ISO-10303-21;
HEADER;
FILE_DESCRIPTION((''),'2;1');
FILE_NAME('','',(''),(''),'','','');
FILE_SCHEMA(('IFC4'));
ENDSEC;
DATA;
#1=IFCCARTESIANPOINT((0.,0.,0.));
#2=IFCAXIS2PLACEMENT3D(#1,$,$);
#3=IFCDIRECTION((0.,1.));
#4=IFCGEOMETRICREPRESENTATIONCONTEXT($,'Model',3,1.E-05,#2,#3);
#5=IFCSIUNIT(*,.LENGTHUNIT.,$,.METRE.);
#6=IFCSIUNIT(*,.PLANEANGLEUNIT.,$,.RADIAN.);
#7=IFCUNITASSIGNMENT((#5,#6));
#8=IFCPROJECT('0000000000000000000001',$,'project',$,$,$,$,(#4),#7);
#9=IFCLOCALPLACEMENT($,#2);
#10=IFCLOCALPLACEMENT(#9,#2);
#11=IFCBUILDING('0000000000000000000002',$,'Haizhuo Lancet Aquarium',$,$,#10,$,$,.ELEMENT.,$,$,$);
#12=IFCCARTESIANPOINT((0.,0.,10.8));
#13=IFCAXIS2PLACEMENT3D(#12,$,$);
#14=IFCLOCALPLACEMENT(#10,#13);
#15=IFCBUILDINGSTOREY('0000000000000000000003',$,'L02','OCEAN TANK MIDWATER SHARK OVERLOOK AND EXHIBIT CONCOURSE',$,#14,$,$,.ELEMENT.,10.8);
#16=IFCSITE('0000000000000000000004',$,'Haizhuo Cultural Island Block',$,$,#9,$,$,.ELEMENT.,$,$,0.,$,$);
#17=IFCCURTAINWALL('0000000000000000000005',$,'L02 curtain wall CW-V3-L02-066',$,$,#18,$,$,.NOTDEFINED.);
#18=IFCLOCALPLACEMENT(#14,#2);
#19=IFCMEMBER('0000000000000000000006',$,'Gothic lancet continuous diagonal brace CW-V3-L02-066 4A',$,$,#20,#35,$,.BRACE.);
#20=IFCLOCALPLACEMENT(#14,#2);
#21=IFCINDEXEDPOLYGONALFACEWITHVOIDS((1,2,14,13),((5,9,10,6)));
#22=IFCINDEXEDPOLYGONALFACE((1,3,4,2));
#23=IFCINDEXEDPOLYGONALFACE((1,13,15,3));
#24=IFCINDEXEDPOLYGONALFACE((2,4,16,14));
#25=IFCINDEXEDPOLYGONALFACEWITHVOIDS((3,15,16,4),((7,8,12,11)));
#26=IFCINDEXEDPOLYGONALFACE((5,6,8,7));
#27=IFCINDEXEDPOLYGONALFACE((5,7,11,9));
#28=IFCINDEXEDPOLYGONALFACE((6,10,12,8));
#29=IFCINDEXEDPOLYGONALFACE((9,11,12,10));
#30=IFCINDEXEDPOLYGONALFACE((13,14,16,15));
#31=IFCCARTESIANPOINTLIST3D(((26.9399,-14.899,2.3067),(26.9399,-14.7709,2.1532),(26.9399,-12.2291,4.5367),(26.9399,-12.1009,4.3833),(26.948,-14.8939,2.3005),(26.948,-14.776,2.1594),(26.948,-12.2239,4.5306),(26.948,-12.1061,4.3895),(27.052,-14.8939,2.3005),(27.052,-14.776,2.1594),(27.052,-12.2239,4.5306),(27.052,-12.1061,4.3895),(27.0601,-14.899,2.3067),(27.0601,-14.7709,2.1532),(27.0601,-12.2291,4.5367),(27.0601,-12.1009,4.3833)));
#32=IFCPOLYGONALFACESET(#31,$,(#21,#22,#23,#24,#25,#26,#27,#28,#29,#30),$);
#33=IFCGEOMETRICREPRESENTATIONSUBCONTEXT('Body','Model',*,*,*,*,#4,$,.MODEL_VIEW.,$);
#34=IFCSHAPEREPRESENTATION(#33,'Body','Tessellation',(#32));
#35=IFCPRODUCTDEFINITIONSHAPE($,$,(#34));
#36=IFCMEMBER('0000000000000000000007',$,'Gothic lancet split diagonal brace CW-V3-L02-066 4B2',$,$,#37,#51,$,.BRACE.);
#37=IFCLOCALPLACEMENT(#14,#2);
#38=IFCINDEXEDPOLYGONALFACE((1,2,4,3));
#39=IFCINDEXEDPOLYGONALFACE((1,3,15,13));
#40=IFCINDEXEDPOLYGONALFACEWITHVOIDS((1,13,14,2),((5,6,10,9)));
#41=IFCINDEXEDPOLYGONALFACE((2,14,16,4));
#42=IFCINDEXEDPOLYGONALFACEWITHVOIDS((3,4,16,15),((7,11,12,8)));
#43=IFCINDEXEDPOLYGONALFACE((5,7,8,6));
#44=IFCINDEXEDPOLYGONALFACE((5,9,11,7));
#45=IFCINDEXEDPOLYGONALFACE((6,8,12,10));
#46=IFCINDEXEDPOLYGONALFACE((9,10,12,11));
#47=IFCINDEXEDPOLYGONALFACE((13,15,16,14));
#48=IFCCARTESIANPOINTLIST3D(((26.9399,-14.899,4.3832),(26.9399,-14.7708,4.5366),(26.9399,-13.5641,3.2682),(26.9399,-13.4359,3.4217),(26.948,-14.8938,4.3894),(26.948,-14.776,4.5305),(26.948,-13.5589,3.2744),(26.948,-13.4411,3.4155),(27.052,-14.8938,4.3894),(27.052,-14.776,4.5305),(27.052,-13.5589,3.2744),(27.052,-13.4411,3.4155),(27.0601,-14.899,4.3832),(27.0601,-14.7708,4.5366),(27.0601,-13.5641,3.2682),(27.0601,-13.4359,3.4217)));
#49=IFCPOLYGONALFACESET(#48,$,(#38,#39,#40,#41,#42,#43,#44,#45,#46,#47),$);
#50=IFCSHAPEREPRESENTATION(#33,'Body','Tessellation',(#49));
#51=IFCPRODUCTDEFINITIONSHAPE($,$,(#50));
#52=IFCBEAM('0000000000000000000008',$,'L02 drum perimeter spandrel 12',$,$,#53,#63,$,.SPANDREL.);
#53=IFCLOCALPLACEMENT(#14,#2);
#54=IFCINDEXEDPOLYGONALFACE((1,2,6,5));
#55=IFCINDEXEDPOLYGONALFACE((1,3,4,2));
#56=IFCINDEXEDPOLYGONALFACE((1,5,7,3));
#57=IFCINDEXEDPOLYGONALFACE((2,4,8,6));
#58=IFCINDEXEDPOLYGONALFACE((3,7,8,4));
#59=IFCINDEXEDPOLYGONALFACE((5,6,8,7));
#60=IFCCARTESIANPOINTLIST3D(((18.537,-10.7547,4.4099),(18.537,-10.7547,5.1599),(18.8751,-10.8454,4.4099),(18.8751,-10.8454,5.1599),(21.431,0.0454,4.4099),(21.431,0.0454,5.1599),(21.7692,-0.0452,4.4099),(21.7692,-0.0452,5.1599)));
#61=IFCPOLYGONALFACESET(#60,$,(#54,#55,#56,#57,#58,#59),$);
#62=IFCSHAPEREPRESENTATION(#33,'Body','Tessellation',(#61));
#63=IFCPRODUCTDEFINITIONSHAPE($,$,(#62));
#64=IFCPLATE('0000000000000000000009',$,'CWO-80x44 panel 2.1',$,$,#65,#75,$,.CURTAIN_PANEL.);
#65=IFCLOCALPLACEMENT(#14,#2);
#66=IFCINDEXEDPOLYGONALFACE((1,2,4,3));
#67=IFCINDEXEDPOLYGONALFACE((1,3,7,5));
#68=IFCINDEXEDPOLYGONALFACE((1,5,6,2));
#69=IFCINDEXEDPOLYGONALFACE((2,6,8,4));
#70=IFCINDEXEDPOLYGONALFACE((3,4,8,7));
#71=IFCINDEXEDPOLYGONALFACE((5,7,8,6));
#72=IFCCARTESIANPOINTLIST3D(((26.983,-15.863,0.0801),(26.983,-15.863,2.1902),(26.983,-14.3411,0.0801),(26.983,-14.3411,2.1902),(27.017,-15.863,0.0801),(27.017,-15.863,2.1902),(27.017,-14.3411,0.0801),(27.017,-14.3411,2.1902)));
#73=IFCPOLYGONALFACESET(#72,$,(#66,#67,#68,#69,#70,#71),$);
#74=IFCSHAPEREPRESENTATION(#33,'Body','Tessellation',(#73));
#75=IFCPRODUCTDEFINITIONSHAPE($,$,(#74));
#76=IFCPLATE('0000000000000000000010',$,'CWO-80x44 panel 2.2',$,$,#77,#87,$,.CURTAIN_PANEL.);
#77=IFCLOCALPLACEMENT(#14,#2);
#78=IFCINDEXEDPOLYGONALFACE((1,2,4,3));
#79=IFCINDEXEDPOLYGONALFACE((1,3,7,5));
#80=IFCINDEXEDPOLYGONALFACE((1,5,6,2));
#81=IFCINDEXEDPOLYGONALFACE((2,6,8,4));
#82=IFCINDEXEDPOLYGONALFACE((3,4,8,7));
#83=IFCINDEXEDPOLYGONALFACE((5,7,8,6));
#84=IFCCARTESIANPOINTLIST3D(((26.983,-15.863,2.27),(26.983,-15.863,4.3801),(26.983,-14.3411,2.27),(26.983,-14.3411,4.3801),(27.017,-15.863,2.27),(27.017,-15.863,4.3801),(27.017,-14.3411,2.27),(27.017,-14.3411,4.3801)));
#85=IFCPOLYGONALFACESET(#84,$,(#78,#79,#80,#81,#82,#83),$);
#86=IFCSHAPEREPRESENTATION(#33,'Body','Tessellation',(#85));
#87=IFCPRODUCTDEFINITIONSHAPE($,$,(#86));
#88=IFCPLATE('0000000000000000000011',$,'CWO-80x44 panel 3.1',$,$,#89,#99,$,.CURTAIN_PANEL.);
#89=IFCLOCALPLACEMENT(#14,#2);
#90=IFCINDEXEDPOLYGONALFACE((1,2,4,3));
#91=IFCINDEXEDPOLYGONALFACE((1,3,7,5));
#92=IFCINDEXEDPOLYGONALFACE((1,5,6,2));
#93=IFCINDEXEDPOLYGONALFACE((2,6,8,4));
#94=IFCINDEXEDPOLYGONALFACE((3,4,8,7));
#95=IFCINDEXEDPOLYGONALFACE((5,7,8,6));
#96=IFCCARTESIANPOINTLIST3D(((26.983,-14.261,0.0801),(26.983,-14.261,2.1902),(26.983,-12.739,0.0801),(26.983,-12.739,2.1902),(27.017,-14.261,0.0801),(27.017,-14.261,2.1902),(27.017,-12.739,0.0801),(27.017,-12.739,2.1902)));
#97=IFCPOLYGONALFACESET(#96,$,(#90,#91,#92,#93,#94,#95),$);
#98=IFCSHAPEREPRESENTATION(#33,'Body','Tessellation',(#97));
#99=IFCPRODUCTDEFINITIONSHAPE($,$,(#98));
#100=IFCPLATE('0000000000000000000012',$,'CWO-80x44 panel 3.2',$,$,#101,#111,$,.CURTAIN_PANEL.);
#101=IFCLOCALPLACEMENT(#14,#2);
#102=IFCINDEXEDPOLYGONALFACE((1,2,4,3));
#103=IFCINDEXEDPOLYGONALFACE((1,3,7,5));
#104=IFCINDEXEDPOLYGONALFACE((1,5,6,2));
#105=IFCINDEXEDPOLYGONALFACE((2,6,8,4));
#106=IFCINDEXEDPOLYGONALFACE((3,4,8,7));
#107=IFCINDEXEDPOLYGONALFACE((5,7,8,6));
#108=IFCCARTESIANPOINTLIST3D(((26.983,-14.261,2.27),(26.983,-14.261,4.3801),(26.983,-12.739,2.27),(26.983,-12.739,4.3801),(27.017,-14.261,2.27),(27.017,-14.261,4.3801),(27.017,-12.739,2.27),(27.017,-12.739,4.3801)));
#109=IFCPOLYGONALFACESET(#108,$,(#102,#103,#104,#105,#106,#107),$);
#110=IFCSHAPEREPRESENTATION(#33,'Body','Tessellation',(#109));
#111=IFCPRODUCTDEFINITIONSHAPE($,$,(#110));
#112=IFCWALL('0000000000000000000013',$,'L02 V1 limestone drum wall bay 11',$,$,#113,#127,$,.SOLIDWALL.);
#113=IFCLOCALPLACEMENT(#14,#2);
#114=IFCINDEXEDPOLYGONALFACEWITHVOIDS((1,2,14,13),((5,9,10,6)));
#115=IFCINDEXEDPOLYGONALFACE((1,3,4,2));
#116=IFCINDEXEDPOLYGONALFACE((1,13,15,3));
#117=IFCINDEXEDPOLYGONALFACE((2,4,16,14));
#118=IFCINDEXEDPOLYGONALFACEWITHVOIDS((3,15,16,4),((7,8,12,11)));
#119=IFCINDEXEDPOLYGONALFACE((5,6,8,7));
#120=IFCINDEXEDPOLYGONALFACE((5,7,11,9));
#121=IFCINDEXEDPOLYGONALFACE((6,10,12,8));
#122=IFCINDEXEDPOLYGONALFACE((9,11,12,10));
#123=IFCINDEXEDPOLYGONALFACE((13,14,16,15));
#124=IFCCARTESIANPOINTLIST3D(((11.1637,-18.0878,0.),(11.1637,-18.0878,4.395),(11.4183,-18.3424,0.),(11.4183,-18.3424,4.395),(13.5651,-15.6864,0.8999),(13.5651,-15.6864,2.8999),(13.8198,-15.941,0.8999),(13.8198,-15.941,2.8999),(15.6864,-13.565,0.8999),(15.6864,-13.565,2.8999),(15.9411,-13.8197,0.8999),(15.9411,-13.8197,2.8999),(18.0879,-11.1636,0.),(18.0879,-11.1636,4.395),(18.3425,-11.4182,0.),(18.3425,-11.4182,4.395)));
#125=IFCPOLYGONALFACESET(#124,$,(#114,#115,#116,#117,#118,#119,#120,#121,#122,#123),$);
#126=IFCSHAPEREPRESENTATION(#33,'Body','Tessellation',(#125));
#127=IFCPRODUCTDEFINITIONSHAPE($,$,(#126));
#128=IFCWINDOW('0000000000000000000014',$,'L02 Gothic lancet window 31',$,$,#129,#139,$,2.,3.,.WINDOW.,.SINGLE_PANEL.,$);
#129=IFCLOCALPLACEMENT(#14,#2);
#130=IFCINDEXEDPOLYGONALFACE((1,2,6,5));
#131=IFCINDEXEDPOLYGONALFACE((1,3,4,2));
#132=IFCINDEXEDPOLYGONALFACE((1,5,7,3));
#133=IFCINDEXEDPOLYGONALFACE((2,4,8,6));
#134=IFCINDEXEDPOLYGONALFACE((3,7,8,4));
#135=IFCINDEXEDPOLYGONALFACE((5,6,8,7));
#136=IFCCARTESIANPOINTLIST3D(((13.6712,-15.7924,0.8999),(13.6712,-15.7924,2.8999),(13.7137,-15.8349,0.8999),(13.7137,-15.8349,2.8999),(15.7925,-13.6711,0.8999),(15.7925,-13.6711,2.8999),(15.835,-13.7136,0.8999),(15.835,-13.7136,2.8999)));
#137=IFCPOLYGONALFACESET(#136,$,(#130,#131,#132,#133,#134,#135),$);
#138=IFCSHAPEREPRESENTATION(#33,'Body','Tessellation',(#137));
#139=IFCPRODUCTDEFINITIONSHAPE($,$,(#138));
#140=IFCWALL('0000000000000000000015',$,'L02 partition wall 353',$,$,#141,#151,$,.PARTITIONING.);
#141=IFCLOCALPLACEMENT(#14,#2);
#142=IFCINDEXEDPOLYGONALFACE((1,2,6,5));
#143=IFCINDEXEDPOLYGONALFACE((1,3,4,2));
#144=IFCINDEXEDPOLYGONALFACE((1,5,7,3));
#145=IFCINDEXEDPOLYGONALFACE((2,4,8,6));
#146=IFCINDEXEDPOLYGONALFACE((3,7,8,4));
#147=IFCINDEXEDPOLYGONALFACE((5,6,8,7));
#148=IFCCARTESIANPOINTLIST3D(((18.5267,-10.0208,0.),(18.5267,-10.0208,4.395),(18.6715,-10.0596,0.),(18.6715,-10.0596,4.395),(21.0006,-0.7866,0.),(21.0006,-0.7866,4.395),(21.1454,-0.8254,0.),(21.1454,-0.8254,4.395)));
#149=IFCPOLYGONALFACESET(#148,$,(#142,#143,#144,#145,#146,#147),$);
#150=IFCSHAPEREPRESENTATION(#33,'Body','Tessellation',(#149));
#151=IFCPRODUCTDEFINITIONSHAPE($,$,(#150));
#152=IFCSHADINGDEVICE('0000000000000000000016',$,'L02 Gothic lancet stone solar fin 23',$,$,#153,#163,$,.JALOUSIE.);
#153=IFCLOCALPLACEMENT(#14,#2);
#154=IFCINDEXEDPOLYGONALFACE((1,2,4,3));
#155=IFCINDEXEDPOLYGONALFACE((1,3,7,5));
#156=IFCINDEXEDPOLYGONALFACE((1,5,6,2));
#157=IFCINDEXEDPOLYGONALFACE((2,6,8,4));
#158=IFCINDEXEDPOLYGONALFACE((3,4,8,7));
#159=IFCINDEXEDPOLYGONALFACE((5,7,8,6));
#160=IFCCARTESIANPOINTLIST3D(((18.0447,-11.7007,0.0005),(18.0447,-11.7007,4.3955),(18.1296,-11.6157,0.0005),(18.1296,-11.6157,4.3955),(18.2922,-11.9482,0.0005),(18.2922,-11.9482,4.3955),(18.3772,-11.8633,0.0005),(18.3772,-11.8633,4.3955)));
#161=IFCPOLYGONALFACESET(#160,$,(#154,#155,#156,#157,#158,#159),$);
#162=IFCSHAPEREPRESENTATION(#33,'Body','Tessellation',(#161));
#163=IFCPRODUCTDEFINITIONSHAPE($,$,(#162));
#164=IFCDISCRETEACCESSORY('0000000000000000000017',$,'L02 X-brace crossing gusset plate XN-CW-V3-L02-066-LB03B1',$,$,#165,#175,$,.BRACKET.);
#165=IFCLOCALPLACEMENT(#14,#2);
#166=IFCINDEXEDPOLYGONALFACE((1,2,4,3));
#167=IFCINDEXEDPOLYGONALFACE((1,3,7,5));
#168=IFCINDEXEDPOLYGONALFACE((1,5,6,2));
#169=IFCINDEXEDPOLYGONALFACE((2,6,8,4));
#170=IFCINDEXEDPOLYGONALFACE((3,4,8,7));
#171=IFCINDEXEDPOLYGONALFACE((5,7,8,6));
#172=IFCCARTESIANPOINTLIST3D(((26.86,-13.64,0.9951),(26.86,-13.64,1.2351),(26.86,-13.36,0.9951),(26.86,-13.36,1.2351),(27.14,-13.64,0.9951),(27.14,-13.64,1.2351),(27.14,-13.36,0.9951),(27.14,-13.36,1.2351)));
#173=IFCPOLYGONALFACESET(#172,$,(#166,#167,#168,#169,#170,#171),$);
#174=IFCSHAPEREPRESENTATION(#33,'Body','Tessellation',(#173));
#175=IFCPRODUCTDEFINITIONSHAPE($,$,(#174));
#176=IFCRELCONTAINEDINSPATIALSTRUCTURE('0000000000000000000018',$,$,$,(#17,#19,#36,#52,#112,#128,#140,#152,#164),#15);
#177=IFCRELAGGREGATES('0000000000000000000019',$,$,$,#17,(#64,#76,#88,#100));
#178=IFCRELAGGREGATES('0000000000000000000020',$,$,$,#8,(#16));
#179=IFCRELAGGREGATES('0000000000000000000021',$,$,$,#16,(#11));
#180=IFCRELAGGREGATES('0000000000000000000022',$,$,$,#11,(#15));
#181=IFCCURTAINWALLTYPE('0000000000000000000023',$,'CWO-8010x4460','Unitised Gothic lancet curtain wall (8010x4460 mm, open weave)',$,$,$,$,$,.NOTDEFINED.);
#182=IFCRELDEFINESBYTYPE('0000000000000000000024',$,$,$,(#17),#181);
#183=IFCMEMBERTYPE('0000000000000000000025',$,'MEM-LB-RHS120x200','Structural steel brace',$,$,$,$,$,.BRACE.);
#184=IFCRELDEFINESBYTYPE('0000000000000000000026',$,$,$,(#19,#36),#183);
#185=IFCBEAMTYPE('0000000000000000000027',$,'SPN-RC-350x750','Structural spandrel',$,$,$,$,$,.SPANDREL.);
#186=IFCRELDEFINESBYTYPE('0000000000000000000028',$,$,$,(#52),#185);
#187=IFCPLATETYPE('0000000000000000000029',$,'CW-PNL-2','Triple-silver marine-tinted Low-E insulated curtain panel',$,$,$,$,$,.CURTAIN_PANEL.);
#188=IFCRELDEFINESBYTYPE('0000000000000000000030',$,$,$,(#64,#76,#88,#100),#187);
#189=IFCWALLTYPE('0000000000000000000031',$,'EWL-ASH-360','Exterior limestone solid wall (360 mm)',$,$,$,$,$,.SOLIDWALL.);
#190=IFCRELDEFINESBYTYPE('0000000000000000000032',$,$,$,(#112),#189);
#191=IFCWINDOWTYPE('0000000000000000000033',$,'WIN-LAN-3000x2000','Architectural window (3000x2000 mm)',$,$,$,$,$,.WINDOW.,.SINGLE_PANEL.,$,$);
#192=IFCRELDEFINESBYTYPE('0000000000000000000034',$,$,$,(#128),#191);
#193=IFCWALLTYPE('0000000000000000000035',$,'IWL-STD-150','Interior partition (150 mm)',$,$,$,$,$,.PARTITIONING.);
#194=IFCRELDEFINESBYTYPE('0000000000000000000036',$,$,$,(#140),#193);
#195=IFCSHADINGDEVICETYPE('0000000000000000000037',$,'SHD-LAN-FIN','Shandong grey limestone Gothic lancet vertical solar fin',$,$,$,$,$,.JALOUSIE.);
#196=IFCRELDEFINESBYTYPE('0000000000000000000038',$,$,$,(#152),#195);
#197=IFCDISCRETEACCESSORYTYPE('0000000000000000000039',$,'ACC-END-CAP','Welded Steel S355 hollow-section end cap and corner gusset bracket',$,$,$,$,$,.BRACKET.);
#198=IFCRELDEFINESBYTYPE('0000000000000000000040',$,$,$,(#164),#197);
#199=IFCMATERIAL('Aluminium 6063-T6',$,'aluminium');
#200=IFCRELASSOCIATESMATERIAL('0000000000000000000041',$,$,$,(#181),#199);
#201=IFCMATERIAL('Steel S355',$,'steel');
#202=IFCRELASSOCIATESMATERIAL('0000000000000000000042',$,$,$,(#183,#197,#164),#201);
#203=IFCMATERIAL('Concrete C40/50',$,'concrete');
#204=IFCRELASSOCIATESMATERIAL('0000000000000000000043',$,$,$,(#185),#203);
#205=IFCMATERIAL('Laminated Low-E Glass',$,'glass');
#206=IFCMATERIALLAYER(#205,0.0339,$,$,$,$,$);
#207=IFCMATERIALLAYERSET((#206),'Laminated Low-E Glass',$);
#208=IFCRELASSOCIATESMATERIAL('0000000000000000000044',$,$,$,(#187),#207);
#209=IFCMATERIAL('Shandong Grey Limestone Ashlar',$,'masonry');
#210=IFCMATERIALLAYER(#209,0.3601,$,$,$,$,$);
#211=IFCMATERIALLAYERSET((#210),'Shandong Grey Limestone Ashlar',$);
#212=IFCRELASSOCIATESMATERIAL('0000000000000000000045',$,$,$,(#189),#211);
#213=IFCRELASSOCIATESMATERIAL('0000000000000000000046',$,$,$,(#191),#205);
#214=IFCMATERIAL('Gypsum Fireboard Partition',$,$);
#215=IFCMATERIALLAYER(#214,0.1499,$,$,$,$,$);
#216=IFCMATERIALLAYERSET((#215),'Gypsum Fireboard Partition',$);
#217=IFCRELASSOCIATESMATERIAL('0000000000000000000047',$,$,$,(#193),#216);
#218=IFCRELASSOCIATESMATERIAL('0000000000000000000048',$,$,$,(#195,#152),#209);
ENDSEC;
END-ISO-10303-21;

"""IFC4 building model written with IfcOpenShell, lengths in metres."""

from ifc_helpers import new_model, si_unit, direction, frame, frame_2d, origin, origin_2d, place, context, subcontext, project, spatial, rectangle, hollow_rectangle, extrude, material, layer, layer_set, material_profile, profile_set, type_object, element, fill, aggregate, save


model = new_model("IFC4")

# Units and contexts
model_context = context("Model", 3, precision=1e-05, world=origin(), true_north=direction((0.0, 1.0)))
body_context = subcontext(model_context, "Body", "Model", "MODEL_VIEW")
ifc_project = project(units=[si_unit("LENGTHUNIT", "METRE"), si_unit("PLANEANGLEUNIT", "RADIAN")], contexts=[model_context])

# Site, building, storey
site_placement = place(None, origin())
site = spatial("IfcSite", under=ifc_project, at=site_placement, Name="Haizhuo Cultural Island Block", CompositionType="ELEMENT", RefElevation=0.0)
building_placement = place(site_placement, origin())
building = spatial("IfcBuilding", under=site, at=building_placement, Name="Haizhuo Lancet Aquarium", CompositionType="ELEMENT")
storey_placement = place(building_placement, frame((0.0, 0.0, 10.8)))
storey = spatial("IfcBuildingStorey", under=building, at=storey_placement, Name="L02", Description="OCEAN TANK MIDWATER SHARK OVERLOOK AND EXHIBIT CONCOURSE", CompositionType="ELEMENT", Elevation=10.8)

# Curtain wall
ifc_material_1 = material(Name="Aluminium 6063-T6", Category="aluminium")
curtain_wall_type = type_object("IfcCurtainWallType", Name="CWO-8010x4460", Description="Unitised Gothic lancet curtain wall (8010x4460 mm, open weave)", PredefinedType="NOTDEFINED", material=ifc_material_1)
curtain_wall_placement = place(storey_placement, origin())
curtain_wall = element("IfcCurtainWall", 1, at=curtain_wall_placement, inside=storey, type_object=curtain_wall_type, Name="L02 curtain wall CW-V3-L02-066", PredefinedType="NOTDEFINED")

# Members
ifc_material_2 = material(Name="Steel S355", Category="steel")
ifc_material_profile_1 = material_profile(ifc_material_2, hollow_rectangle(XDim=0.1201, YDim=0.2, WallThickness=0.0081, at=origin_2d()), Name="RHS 120x200x8")
ifc_profile_set_1 = profile_set([ifc_material_profile_1], Name="Steel S355")
member_type_1 = type_object("IfcMemberType", Name="MEM-LB-RHS120x200", Description="Structural steel brace", PredefinedType="BRACE", material=ifc_profile_set_1)
member_1_placement = place(storey_placement, frame((27.0, -14.835, 2.23), z_axis=(0.0, 0.767507, 0.64104), x_axis=(-1.0, 0.0, 0.0)))
element("IfcMember", 2, at=member_1_placement, inside=storey, type_object=member_type_1, Name="Gothic lancet continuous diagonal brace CW-V3-L02-066 4A", PredefinedType="BRACE", context=body_context, shape_type="SweptSolid", body=[
    extrude(hollow_rectangle(XDim=0.1201, YDim=0.2, WallThickness=0.0081, at=origin_2d()), origin(), (0.0, 0.0, 1.0), 3.4788),
])
member_2_placement = place(storey_placement, frame((27.0, -13.5, 3.345), z_axis=(0.0, -0.767507, 0.64104), x_axis=(1.0, 0.0, 0.0)))
element("IfcMember", 3, at=member_2_placement, inside=storey, type_object=member_type_1, Name="Gothic lancet split diagonal brace CW-V3-L02-066 4B2", PredefinedType="BRACE", context=body_context, shape_type="SweptSolid", body=[
    extrude(hollow_rectangle(XDim=0.1201, YDim=0.2, WallThickness=0.0081, at=origin_2d()), origin(), (0.0, 0.0, 1.0), 1.7393),
])

# Beam
ifc_material_3 = material(Name="Concrete C40/50", Category="concrete")
ifc_material_profile_2 = material_profile(ifc_material_3, rectangle(XDim=0.3501, YDim=0.75, at=origin_2d()), Name="RC-SP 350x750")
ifc_profile_set_2 = profile_set([ifc_material_profile_2], Name="Concrete C40/50")
beam_type = type_object("IfcBeamType", Name="SPN-RC-350x750", Description="Structural spandrel", PredefinedType="SPANDREL", material=ifc_profile_set_2)
beam_placement = place(storey_placement, frame((18.7061, -10.8, 4.7849), z_axis=(0.258834, 0.965922, 0.0), x_axis=(-0.965922, 0.258834, 0.0)))
element("IfcBeam", 4, at=beam_placement, inside=storey, type_object=beam_type, Name="L02 drum perimeter spandrel 12", PredefinedType="SPANDREL", context=body_context, shape_type="SweptSolid", body=[
    extrude(rectangle(XDim=0.3501, YDim=0.75, at=origin_2d()), origin(), (0.0, 0.0, 1.0), 11.1812),
])

# Plates
ifc_material_4 = material(Name="Laminated Low-E Glass", Category="glass")
ifc_layer_1 = layer(ifc_material_4, 0.0339)
ifc_layer_set_1 = layer_set([ifc_layer_1], Name="Laminated Low-E Glass")
plate_type = type_object("IfcPlateType", Name="CW-PNL-2", Description="Triple-silver marine-tinted Low-E insulated curtain panel", PredefinedType="CURTAIN_PANEL", material=ifc_layer_set_1)
plate_1_placement = place(storey_placement, frame((27.0, -15.1021, 0.0801), z_axis=(0.0, 0.0, 1.0), x_axis=(0.0, 1.0, 0.0)))
plate_1 = element("IfcPlate", 5, at=plate_1_placement, type_object=plate_type, Name="CWO-80x44 panel 2.1", PredefinedType="CURTAIN_PANEL", context=body_context, shape_type="SweptSolid", body=[
    extrude(rectangle(XDim=1.522, YDim=0.0339, at=origin_2d()), origin(), (0.0, 0.0, 1.0), 2.1101),
])
plate_2_placement = place(storey_placement, frame((27.0, -15.1021, 2.27), z_axis=(0.0, 0.0, 1.0), x_axis=(0.0, 1.0, 0.0)))
plate_2 = element("IfcPlate", 6, at=plate_2_placement, type_object=plate_type, Name="CWO-80x44 panel 2.2", PredefinedType="CURTAIN_PANEL", context=body_context, shape_type="SweptSolid", body=[
    extrude(rectangle(XDim=1.522, YDim=0.0339, at=origin_2d()), origin(), (0.0, 0.0, 1.0), 2.1101),
])
plate_3_placement = place(storey_placement, frame((27.0, -13.5, 0.0801), z_axis=(0.0, 0.0, 1.0), x_axis=(0.0, 1.0, 0.0)))
plate_3 = element("IfcPlate", 7, at=plate_3_placement, type_object=plate_type, Name="CWO-80x44 panel 3.1", PredefinedType="CURTAIN_PANEL", context=body_context, shape_type="SweptSolid", body=[
    extrude(rectangle(XDim=1.522, YDim=0.0339, at=origin_2d()), origin(), (0.0, 0.0, 1.0), 2.1101),
])
plate_4_placement = place(storey_placement, frame((27.0, -13.5, 2.27), z_axis=(0.0, 0.0, 1.0), x_axis=(0.0, 1.0, 0.0)))
plate_4 = element("IfcPlate", 8, at=plate_4_placement, type_object=plate_type, Name="CWO-80x44 panel 3.2", PredefinedType="CURTAIN_PANEL", context=body_context, shape_type="SweptSolid", body=[
    extrude(rectangle(XDim=1.522, YDim=0.0339, at=origin_2d()), origin(), (0.0, 0.0, 1.0), 2.1101),
])
aggregate(curtain_wall, [plate_1, plate_2, plate_3, plate_4])

# Wall, opening, window
ifc_material_5 = material(Name="Shandong Grey Limestone Ashlar", Category="masonry")
ifc_layer_2 = layer(ifc_material_5, 0.3601)
ifc_layer_set_2 = layer_set([ifc_layer_2], Name="Shandong Grey Limestone Ashlar")
wall_type_1 = type_object("IfcWallType", Name="EWL-ASH-360", Description="Exterior limestone solid wall (360 mm)", PredefinedType="SOLIDWALL", material=ifc_layer_set_2)
wall_1_placement = place(storey_placement, frame((18.2151, -11.291, 0.0), z_axis=(0.0, 0.0, 1.0), x_axis=(-0.707107, -0.707107, 0.0)))
wall_1 = element("IfcWall", 9, at=wall_1_placement, inside=storey, type_object=wall_type_1, Name="L02 V1 limestone drum wall bay 11", PredefinedType="SOLIDWALL", context=body_context, shape_type="SweptSolid", body=[
    extrude(rectangle(XDim=9.7922, YDim=0.3601, at=frame_2d((4.896, 0.0))), origin(), (0.0, 0.0, 1.0), 4.395),
])
opening_placement = place(wall_1_placement, frame((3.396, 0.0, 0.8999)))
opening = element("IfcOpeningElement", 10, at=opening_placement, cuts=wall_1, PredefinedType="OPENING", context=body_context, shape_type="SweptSolid", body=[
    extrude(rectangle(XDim=3.0, YDim=2.0, at=frame_2d((1.5, 1.0))), frame((0.0, 0.1899, 0.0), z_axis=(0.0, -1.0, 0.0), x_axis=(1.0, 0.0, 0.0)), (0.0, 0.0, 1.0), 0.3801),
])
window_type = type_object("IfcWindowType", Name="WIN-LAN-3000x2000", Description="Architectural window (3000x2000 mm)", PartitioningType="SINGLE_PANEL", PredefinedType="WINDOW", material=ifc_material_4)
window_placement = place(opening_placement, origin())
window = element("IfcWindow", 11, at=window_placement, inside=storey, type_object=window_type, Name="L02 Gothic lancet window 31", OverallHeight=2.0, OverallWidth=3.0, PartitioningType="SINGLE_PANEL", PredefinedType="WINDOW", context=body_context, shape_type="SweptSolid", body=[
    extrude(rectangle(XDim=3.0, YDim=2.0, at=frame_2d((1.5, 1.0))), frame((0.0, 0.03, 0.0), z_axis=(0.0, -1.0, 0.0), x_axis=(1.0, 0.0, 0.0)), (0.0, 0.0, 1.0), 0.0601),
])
fill(opening, window)

# Wall
ifc_material_6 = material(Name="Gypsum Fireboard Partition")
ifc_layer_3 = layer(ifc_material_6, 0.1499)
ifc_layer_set_3 = layer_set([ifc_layer_3], Name="Gypsum Fireboard Partition")
wall_type_2 = type_object("IfcWallType", Name="IWL-STD-150", Description="Interior partition (150 mm)", PredefinedType="PARTITIONING", material=ifc_layer_set_3)
wall_2_placement = place(storey_placement, frame((18.5991, -10.04, 0.0), z_axis=(0.0, 0.0, 1.0), x_axis=(0.25878, 0.965936, 0.0)))
element("IfcWall", 12, at=wall_2_placement, inside=storey, type_object=wall_type_2, Name="L02 partition wall 353", PredefinedType="PARTITIONING", context=body_context, shape_type="SweptSolid", body=[
    extrude(rectangle(XDim=9.5598, YDim=0.1499, at=frame_2d((4.7798, 0.0))), origin(), (0.0, 0.0, 1.0), 4.395),
])

# Shading device
shading_device_type = type_object("IfcShadingDeviceType", Name="SHD-LAN-FIN", Description="Shandong grey limestone Gothic lancet vertical solar fin", PredefinedType="JALOUSIE", material=ifc_material_5)
shading_device_placement = place(storey_placement, frame((18.2109, -11.782, 0.0005), z_axis=(0.0, 0.0, 1.0), x_axis=(-0.707107, -0.707107, 0.0)))
element("IfcShadingDevice", 13, at=shading_device_placement, inside=storey, type_object=shading_device_type, material=ifc_material_5, Name="L02 Gothic lancet stone solar fin 23", PredefinedType="JALOUSIE", context=body_context, shape_type="SweptSolid", body=[
    extrude(rectangle(XDim=0.1201, YDim=0.3501, at=origin_2d()), origin(), (0.0, 0.0, 1.0), 4.395),
])

# Discrete accessory
discrete_accessory_type = type_object("IfcDiscreteAccessoryType", Name="ACC-END-CAP", Description="Welded Steel S355 hollow-section end cap and corner gusset bracket", PredefinedType="BRACKET", material=ifc_material_2)
for number, where, z_axis, x_axis, name in (
    (14, (27.0, -13.5, 0.9951), (0.0, 0.0, 1.0), (1.0, 0.0, 0.0), "L02 X-brace crossing gusset plate XN-CW-V3-L02-066-LB03B1"),
):
    element("IfcDiscreteAccessory", number, at=place(storey_placement, frame(where, z_axis=z_axis, x_axis=x_axis)), inside=storey, type_object=discrete_accessory_type, material=ifc_material_2, Name=name, PredefinedType="BRACKET", context=body_context, shape_type="SweptSolid", body=[
        extrude(rectangle(XDim=0.28, YDim=0.28, at=origin_2d()), origin(), (0.0, 0.0, 1.0), 0.24),
    ])

save(model, "model.ifc")
